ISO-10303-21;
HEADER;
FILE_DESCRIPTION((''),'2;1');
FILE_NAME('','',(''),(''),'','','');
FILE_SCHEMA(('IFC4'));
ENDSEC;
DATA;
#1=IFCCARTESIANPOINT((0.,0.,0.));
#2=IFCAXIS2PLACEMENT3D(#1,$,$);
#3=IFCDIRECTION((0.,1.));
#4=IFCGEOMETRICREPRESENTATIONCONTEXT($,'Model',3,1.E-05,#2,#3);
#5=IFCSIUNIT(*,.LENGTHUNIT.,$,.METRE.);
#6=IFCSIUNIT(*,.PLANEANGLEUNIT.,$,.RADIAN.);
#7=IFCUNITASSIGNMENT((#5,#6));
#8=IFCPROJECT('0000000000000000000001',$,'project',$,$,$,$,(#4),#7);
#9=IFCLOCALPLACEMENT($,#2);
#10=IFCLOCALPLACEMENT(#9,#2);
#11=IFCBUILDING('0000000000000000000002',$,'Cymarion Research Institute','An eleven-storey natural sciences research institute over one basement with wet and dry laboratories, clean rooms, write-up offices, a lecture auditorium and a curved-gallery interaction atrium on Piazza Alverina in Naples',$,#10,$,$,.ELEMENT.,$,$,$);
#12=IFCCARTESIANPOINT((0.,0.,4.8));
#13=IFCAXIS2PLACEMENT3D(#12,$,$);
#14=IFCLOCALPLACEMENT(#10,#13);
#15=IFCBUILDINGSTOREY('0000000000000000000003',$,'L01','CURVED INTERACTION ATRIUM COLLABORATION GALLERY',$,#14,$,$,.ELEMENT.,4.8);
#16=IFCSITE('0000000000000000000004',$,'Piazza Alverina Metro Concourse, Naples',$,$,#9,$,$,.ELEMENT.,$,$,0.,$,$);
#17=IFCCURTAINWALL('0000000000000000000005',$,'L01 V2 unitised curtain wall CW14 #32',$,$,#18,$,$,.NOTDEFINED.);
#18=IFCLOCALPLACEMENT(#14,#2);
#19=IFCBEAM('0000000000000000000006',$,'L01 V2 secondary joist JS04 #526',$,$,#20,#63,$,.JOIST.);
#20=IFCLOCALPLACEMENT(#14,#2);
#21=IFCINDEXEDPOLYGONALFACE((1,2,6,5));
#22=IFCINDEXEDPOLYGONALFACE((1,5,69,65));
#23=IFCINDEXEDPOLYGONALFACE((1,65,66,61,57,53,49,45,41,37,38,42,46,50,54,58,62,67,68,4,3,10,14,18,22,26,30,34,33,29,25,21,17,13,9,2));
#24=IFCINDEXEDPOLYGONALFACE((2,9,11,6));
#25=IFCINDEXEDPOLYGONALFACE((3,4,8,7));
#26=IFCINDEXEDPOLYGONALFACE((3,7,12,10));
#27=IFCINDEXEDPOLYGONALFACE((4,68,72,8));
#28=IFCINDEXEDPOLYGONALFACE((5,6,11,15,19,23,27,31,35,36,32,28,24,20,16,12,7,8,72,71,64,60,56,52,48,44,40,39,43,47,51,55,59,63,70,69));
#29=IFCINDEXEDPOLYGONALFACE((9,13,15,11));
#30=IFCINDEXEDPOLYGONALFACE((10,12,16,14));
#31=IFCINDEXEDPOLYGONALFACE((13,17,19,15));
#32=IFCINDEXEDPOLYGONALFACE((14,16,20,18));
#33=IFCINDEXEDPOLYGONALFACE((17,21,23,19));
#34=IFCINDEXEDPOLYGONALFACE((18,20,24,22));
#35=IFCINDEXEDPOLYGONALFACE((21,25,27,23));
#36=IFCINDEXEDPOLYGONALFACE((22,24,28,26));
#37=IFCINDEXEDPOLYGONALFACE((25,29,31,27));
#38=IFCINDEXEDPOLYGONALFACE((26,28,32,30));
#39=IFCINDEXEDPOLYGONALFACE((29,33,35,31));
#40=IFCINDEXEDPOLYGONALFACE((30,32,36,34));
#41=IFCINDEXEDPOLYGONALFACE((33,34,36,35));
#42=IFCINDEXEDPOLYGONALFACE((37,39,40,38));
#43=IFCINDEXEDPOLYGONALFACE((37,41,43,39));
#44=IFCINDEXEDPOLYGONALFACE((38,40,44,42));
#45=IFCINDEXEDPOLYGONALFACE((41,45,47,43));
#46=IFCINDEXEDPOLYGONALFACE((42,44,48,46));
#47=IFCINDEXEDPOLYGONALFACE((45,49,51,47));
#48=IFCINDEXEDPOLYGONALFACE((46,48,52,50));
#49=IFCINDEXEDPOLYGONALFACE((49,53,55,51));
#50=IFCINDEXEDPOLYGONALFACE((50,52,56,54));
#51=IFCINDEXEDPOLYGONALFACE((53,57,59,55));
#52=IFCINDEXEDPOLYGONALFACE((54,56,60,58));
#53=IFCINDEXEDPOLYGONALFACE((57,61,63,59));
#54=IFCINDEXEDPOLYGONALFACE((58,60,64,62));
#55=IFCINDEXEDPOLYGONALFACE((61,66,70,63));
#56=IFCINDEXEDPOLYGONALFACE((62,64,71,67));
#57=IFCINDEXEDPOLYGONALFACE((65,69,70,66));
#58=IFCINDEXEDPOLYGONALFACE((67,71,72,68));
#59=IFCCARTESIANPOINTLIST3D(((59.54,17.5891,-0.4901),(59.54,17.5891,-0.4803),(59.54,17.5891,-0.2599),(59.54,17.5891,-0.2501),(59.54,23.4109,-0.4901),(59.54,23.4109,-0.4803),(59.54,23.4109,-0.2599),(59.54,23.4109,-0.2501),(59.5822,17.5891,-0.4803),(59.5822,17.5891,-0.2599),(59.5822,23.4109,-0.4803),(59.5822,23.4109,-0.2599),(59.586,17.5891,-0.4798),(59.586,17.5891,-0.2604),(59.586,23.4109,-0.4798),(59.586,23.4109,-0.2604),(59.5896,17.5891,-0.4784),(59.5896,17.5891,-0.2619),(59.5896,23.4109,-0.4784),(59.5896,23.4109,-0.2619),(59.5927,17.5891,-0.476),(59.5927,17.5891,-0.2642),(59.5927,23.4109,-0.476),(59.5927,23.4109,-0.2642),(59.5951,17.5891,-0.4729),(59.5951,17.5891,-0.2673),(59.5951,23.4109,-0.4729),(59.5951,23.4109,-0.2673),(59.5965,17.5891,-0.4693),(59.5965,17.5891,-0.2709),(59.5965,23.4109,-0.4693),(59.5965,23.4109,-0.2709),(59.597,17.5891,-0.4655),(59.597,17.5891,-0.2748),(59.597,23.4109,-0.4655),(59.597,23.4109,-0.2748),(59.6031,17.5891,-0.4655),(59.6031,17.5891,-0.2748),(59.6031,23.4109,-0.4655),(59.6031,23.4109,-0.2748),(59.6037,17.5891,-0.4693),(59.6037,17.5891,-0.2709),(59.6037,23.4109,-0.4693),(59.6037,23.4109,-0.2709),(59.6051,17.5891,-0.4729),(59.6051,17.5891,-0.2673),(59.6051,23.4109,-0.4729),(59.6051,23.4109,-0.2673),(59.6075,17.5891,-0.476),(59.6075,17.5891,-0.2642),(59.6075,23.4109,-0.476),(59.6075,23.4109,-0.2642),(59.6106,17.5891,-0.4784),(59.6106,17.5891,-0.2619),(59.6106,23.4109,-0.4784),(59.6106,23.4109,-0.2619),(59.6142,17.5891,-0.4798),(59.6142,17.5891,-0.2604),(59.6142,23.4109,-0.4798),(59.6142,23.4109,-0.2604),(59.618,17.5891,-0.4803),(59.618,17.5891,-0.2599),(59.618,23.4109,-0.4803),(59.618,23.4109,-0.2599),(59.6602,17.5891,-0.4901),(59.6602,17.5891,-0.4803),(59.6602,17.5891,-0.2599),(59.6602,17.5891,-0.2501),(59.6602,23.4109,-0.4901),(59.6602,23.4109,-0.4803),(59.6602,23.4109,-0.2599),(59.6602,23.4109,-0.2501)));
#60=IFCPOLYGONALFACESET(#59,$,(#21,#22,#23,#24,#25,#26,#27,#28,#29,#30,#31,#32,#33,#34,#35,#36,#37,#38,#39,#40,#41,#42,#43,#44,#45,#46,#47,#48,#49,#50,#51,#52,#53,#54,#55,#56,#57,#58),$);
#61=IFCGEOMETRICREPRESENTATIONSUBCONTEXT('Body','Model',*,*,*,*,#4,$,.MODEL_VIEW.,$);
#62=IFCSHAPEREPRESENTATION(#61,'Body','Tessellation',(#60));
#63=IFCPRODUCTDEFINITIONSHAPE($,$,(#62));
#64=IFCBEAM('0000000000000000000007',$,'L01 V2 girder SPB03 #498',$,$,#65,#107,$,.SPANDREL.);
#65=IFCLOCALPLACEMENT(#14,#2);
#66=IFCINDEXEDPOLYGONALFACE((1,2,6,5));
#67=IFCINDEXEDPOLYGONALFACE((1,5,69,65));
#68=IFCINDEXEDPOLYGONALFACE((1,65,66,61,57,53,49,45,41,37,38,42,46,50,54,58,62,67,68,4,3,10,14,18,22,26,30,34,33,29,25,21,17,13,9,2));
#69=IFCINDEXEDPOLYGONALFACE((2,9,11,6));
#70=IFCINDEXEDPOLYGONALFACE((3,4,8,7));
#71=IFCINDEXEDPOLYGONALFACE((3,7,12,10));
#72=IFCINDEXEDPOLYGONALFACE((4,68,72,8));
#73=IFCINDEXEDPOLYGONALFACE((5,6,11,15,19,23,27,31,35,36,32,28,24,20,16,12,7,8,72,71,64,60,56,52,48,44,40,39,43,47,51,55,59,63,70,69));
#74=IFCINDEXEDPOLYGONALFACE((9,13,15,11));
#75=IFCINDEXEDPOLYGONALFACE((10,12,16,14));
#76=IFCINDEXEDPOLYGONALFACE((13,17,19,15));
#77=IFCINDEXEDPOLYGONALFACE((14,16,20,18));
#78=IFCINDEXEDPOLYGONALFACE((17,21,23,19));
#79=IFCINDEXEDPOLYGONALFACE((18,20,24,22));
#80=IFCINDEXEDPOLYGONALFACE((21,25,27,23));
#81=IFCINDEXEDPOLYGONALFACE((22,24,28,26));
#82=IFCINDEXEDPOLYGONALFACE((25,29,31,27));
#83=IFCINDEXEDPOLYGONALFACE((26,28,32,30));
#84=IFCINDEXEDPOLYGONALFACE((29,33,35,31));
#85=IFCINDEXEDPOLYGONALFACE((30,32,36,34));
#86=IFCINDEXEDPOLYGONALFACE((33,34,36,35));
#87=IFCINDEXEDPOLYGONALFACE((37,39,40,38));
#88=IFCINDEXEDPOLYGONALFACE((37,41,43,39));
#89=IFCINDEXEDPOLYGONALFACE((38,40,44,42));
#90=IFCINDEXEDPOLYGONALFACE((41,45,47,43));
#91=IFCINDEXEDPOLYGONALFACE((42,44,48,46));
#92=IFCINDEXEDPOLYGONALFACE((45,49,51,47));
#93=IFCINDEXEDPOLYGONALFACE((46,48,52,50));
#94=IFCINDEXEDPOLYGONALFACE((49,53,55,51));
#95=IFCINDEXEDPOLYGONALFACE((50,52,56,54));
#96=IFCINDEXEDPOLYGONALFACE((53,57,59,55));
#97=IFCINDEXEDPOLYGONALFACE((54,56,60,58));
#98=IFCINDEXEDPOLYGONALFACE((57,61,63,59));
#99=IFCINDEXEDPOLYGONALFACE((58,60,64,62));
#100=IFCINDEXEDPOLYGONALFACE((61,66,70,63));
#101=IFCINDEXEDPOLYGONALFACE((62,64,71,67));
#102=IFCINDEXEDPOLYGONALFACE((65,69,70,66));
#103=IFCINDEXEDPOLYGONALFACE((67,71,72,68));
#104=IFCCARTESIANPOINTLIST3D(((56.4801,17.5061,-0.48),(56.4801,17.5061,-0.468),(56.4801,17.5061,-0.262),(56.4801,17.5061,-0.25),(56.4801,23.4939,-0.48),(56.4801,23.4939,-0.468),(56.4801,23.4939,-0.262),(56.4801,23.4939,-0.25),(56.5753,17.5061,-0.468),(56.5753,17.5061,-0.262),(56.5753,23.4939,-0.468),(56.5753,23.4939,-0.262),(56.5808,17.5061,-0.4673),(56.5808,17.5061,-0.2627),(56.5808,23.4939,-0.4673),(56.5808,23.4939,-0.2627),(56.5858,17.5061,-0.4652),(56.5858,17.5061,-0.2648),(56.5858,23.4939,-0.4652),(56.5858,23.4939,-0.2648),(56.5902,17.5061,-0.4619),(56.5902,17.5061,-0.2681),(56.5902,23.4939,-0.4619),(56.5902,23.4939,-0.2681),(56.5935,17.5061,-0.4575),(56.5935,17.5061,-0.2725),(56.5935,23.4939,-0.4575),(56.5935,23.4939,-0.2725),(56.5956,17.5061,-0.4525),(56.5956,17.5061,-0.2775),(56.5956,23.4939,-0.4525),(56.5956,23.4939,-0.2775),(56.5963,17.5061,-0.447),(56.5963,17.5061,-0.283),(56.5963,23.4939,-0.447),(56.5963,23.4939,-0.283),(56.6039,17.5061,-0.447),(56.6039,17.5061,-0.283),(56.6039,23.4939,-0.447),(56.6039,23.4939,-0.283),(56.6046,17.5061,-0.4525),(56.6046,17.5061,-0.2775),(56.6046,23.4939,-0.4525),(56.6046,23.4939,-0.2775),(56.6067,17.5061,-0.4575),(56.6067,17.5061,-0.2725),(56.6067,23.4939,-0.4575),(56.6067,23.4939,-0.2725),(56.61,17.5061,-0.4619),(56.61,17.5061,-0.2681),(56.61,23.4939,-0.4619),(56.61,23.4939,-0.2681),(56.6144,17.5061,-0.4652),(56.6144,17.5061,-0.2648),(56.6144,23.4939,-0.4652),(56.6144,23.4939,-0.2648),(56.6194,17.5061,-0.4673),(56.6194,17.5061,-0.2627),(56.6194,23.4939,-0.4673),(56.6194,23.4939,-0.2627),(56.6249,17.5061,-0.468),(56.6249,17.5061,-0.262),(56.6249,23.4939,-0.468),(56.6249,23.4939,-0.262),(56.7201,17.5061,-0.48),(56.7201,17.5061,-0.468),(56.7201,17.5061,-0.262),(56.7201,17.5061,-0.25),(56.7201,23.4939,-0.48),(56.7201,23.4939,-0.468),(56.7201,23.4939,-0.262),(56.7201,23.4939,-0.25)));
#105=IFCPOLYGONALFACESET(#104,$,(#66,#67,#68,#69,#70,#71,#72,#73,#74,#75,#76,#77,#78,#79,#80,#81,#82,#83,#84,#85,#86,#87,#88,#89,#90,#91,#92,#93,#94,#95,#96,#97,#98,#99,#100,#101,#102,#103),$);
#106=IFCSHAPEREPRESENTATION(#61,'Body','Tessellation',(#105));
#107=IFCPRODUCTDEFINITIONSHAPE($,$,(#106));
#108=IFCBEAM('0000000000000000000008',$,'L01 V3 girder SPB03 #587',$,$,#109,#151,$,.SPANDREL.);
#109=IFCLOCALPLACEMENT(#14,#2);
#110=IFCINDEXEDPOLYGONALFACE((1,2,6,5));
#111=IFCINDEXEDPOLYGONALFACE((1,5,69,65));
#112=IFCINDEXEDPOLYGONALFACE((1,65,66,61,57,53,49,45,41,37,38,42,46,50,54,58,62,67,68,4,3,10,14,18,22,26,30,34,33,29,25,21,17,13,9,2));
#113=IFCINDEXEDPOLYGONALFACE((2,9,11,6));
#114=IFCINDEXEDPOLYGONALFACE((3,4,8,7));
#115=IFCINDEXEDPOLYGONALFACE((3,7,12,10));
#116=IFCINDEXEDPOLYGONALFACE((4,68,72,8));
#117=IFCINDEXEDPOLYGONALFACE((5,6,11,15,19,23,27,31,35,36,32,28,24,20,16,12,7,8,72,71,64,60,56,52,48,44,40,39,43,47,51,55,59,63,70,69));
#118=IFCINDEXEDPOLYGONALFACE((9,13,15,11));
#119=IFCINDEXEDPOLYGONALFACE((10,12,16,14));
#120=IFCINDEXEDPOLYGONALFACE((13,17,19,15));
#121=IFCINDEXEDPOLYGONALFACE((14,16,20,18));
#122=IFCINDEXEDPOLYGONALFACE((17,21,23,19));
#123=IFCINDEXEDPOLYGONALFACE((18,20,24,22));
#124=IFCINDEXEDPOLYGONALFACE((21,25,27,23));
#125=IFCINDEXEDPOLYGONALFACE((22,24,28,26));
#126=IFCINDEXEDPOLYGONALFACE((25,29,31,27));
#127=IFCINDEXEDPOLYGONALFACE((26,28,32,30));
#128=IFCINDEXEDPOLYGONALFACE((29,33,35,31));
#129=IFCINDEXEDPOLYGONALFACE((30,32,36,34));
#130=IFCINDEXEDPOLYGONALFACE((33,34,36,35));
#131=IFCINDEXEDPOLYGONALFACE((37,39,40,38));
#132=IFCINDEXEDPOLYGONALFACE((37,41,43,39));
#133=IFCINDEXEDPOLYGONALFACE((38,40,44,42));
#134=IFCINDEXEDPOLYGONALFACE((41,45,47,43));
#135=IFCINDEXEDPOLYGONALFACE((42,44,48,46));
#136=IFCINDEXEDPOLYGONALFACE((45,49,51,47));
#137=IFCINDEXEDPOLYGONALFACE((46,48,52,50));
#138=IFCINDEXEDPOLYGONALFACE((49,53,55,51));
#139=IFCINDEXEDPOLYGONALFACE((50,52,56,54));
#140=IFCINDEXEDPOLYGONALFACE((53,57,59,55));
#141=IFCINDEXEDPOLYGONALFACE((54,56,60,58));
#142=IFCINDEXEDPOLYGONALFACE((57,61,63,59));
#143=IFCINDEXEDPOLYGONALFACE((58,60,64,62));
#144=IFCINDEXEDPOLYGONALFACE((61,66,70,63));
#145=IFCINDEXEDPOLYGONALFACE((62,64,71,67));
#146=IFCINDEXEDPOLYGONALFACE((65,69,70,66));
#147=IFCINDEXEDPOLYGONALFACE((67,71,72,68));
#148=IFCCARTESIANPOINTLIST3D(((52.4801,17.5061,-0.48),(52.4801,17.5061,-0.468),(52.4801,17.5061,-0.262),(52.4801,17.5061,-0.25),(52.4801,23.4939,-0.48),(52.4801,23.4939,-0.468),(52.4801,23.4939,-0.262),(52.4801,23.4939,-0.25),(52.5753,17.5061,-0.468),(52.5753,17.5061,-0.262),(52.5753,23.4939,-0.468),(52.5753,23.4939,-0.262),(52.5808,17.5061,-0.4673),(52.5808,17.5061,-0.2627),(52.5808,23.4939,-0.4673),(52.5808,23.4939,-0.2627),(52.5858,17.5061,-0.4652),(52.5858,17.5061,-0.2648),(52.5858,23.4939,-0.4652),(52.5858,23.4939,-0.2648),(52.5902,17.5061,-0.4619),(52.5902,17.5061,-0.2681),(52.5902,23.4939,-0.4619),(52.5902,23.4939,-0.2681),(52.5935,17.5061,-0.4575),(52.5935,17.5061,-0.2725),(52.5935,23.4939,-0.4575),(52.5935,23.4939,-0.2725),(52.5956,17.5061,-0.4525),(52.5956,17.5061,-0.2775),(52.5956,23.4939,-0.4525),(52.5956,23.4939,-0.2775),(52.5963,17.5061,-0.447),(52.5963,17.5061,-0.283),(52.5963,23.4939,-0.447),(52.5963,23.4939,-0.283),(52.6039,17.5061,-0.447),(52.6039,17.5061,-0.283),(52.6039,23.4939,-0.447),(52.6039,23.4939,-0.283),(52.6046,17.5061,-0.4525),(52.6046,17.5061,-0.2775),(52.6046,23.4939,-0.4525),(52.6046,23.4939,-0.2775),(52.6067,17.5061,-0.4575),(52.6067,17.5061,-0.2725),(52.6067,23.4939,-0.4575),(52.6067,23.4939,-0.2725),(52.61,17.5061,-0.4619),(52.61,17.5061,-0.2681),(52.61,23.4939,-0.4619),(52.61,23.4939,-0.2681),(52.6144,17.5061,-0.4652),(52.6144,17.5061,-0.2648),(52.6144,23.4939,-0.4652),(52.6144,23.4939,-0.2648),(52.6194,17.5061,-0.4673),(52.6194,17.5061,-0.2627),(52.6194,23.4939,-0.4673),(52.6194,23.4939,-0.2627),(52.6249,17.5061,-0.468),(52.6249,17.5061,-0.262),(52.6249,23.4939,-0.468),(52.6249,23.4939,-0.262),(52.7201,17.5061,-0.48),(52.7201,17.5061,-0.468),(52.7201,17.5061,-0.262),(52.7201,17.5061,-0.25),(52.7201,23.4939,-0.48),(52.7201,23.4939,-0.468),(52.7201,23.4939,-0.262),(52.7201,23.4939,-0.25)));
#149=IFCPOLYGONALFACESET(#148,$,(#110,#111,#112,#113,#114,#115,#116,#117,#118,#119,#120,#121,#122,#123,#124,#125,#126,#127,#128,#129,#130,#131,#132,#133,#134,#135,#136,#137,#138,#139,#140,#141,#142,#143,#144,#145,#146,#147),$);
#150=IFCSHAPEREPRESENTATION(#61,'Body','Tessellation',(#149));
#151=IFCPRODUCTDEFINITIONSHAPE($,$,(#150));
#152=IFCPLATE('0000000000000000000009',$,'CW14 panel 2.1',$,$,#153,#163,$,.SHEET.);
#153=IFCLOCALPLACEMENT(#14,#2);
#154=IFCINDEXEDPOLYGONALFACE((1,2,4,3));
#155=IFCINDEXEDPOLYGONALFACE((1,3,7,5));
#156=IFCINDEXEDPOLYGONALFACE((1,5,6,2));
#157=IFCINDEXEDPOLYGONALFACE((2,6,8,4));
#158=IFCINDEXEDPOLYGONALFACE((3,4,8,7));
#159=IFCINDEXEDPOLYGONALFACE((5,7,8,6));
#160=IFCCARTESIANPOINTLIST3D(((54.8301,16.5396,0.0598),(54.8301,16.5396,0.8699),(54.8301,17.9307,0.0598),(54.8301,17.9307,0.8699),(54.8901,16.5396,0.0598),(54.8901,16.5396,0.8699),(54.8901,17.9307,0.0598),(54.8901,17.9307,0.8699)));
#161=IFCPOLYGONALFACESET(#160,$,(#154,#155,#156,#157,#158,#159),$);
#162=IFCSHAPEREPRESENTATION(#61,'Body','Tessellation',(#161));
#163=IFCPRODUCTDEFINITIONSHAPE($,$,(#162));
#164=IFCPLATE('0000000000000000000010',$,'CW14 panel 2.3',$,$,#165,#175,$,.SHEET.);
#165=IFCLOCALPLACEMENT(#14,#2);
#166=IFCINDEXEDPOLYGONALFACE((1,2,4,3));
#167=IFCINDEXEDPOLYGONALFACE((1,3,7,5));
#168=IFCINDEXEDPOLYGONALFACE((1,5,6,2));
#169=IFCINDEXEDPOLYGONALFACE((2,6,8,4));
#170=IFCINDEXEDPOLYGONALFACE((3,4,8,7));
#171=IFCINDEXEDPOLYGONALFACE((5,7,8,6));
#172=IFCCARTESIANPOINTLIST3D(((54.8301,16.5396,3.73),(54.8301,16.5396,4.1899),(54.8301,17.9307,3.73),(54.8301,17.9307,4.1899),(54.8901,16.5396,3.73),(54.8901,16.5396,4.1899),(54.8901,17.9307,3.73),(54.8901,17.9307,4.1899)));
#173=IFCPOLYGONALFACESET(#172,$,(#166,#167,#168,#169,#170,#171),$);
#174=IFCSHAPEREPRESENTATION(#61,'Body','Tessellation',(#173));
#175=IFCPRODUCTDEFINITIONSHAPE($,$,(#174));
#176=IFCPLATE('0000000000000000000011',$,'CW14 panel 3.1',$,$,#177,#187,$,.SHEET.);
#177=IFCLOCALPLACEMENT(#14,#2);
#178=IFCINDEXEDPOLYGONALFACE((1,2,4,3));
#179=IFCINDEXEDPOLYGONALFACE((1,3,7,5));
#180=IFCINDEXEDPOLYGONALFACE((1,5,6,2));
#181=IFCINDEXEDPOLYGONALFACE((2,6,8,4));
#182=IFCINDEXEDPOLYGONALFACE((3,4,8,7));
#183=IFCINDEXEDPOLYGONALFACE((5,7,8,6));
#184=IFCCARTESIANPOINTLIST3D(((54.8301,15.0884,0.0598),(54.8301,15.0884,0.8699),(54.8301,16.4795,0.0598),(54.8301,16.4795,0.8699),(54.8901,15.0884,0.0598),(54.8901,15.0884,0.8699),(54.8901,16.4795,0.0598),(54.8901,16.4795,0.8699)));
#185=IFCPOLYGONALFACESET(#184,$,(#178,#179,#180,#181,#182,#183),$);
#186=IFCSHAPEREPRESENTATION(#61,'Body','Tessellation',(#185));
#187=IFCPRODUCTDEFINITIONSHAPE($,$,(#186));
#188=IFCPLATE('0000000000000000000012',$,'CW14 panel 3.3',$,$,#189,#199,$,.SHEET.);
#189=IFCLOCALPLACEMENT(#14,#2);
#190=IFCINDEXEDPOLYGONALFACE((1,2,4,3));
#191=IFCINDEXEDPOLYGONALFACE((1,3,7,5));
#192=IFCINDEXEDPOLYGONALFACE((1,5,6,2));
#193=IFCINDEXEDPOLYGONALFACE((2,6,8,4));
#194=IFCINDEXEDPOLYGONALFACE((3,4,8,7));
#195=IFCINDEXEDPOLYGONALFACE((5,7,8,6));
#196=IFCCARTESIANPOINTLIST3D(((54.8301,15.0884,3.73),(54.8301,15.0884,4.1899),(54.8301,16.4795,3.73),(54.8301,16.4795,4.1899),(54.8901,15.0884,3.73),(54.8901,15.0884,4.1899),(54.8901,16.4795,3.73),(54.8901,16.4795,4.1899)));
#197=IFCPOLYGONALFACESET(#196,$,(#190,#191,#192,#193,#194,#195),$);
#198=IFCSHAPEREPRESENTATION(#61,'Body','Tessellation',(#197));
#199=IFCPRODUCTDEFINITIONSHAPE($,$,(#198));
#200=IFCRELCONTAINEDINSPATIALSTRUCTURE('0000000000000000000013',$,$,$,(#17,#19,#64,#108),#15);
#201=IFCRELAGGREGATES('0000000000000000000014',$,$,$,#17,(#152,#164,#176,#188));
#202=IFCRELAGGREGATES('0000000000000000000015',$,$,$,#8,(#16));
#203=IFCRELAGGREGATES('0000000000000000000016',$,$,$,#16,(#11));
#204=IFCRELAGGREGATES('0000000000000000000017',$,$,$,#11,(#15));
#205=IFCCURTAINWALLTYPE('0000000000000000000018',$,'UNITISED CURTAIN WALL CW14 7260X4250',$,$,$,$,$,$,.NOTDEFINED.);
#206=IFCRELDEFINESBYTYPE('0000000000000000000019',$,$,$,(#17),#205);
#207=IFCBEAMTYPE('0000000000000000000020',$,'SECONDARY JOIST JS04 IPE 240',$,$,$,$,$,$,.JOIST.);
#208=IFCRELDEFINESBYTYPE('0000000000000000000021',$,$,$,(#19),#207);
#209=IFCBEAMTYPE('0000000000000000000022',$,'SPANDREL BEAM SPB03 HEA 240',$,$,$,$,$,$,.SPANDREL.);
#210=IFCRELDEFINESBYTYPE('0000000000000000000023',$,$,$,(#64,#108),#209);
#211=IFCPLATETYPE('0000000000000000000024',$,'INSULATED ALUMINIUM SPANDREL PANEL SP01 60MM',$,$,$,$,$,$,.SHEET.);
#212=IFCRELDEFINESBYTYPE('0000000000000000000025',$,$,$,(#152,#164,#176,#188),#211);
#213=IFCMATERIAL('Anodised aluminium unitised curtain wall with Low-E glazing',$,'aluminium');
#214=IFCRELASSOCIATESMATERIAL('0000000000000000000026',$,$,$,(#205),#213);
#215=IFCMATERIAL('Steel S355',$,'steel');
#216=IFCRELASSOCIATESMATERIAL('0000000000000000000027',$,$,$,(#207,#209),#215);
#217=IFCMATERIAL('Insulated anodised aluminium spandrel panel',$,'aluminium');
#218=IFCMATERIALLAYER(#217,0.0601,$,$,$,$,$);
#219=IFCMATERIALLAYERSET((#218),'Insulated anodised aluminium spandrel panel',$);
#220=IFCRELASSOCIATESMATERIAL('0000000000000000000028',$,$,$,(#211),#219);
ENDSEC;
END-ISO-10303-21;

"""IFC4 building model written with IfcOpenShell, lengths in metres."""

from ifc_helpers import new_model, si_unit, direction, frame, origin, origin_2d, place, context, subcontext, project, spatial, rectangle, i_section, extrude, material, layer, layer_set, material_profile, profile_set, type_object, element, aggregate, save


model = new_model("IFC4")

# Units and contexts
model_context = context("Model", 3, precision=1e-05, world=origin(), true_north=direction((0.0, 1.0)))
body_context = subcontext(model_context, "Body", "Model", "MODEL_VIEW")
ifc_project = project(units=[si_unit("LENGTHUNIT", "METRE"), si_unit("PLANEANGLEUNIT", "RADIAN")], contexts=[model_context])

# Site, building, storey
site_placement = place(None, origin())
site = spatial("IfcSite", under=ifc_project, at=site_placement, Name="Piazza Alverina Metro Concourse, Naples", CompositionType="ELEMENT", RefElevation=0.0)
building_placement = place(site_placement, origin())
building = spatial("IfcBuilding", under=site, at=building_placement, Name="Cymarion Research Institute", Description="An eleven-storey natural sciences research institute over one basement with wet and dry laboratories, clean rooms, write-up offices, a lecture auditorium and a curved-gallery interaction atrium on Piazza Alverina in Naples", CompositionType="ELEMENT")
storey_placement = place(building_placement, frame((0.0, 0.0, 4.8)))
storey = spatial("IfcBuildingStorey", under=building, at=storey_placement, Name="L01", Description="CURVED INTERACTION ATRIUM COLLABORATION GALLERY", CompositionType="ELEMENT", Elevation=4.8)

# Shared definitions
ifc_material_1 = material(Name="Steel S355", Category="steel")

# Curtain wall
ifc_material_2 = material(Name="Anodised aluminium unitised curtain wall with Low-E glazing", Category="aluminium")
curtain_wall_type = type_object("IfcCurtainWallType", Name="UNITISED CURTAIN WALL CW14 7260X4250", PredefinedType="NOTDEFINED", material=ifc_material_2)
curtain_wall_placement = place(storey_placement, origin())
curtain_wall = element("IfcCurtainWall", 1, at=curtain_wall_placement, inside=storey, type_object=curtain_wall_type, Name="L01 V2 unitised curtain wall CW14 #32", PredefinedType="NOTDEFINED")

# Beams
ifc_material_profile_1 = material_profile(ifc_material_1, i_section(OverallWidth=0.1201, OverallDepth=0.24, WebThickness=0.0061, FlangeThickness=0.0098, FilletRadius=0.0149, at=origin_2d()), Name="IPE 240")
ifc_profile_set_1 = profile_set([ifc_material_profile_1], Name="Steel S355")
beam_type_1 = type_object("IfcBeamType", Name="SECONDARY JOIST JS04 IPE 240", PredefinedType="JOIST", material=ifc_profile_set_1)
beam_1_placement = place(storey_placement, frame((59.6001, 17.5891, -0.3701), z_axis=(0.0, 1.0, 0.0), x_axis=(-1.0, 0.0, 0.0)))
element("IfcBeam", 2, at=beam_1_placement, inside=storey, type_object=beam_type_1, Name="L01 V2 secondary joist JS04 #526", PredefinedType="JOIST", context=body_context, shape_type="SweptSolid", body=[
    extrude(i_section(OverallWidth=0.1201, OverallDepth=0.24, WebThickness=0.0061, FlangeThickness=0.0098, FilletRadius=0.0149, at=origin_2d()), origin(), (0.0, 0.0, 1.0), 5.8218),
])
ifc_material_profile_2 = material_profile(ifc_material_1, i_section(OverallWidth=0.24, OverallDepth=0.23, WebThickness=0.0076, FlangeThickness=0.012, FilletRadius=0.021, at=origin_2d()), Name="HEA 240")
ifc_profile_set_2 = profile_set([ifc_material_profile_2], Name="Steel S355")
beam_type_2 = type_object("IfcBeamType", Name="SPANDREL BEAM SPB03 HEA 240", PredefinedType="SPANDREL", material=ifc_profile_set_2)
for number, where, z_axis, x_axis, name in (
    (3, (56.6001, 17.5061, -0.365), (0.0, 1.0, 0.0), (-1.0, 0.0, 0.0), "L01 V2 girder SPB03 #498"),
    (4, (52.6001, 17.5061, -0.365), (0.0, 1.0, 0.0), (-1.0, 0.0, 0.0), "L01 V3 girder SPB03 #587"),
):
    element("IfcBeam", number, at=place(storey_placement, frame(where, z_axis=z_axis, x_axis=x_axis)), inside=storey, type_object=beam_type_2, Name=name, PredefinedType="SPANDREL", context=body_context, shape_type="SweptSolid", body=[
        extrude(i_section(OverallWidth=0.24, OverallDepth=0.23, WebThickness=0.0076, FlangeThickness=0.012, FilletRadius=0.021, at=origin_2d()), origin(), (0.0, 0.0, 1.0), 5.9878),
    ])

# Plates
ifc_material_3 = material(Name="Insulated anodised aluminium spandrel panel", Category="aluminium")
ifc_layer_1 = layer(ifc_material_3, 0.0601)
ifc_layer_set_1 = layer_set([ifc_layer_1], Name="Insulated anodised aluminium spandrel panel")
plate_type_1 = type_object("IfcPlateType", Name="INSULATED ALUMINIUM SPANDREL PANEL SP01 60MM", PredefinedType="SHEET", material=ifc_layer_set_1)
plate_1_placement = place(storey_placement, frame((54.8601, 17.2351, 0.0598), z_axis=(0.0, 0.0, 1.0), x_axis=(0.0, -1.0, 0.0)))
plate_1 = element("IfcPlate", 5, at=plate_1_placement, type_object=plate_type_1, Name="CW14 panel 2.1", PredefinedType="SHEET", context=body_context, shape_type="SweptSolid", body=[
    extrude(rectangle(XDim=1.3911, YDim=0.0601, at=origin_2d()), origin(), (0.0, 0.0, 1.0), 0.8101),
])
plate_2_placement = place(storey_placement, frame((54.8601, 17.2351, 3.73), z_axis=(0.0, 0.0, 1.0), x_axis=(0.0, -1.0, 0.0)))
plate_2 = element("IfcPlate", 6, at=plate_2_placement, type_object=plate_type_1, Name="CW14 panel 2.3", PredefinedType="SHEET", context=body_context, shape_type="SweptSolid", body=[
    extrude(rectangle(XDim=1.3911, YDim=0.0601, at=origin_2d()), origin(), (0.0, 0.0, 1.0), 0.46),
])
plate_3_placement = place(storey_placement, frame((54.8601, 15.7839, 0.0598), z_axis=(0.0, 0.0, 1.0), x_axis=(0.0, -1.0, 0.0)))
plate_3 = element("IfcPlate", 7, at=plate_3_placement, type_object=plate_type_1, Name="CW14 panel 3.1", PredefinedType="SHEET", context=body_context, shape_type="SweptSolid", body=[
    extrude(rectangle(XDim=1.3911, YDim=0.0601, at=origin_2d()), origin(), (0.0, 0.0, 1.0), 0.8101),
])
plate_4_placement = place(storey_placement, frame((54.8601, 15.7839, 3.73), z_axis=(0.0, 0.0, 1.0), x_axis=(0.0, -1.0, 0.0)))
plate_4 = element("IfcPlate", 8, at=plate_4_placement, type_object=plate_type_1, Name="CW14 panel 3.3", PredefinedType="SHEET", context=body_context, shape_type="SweptSolid", body=[
    extrude(rectangle(XDim=1.3911, YDim=0.0601, at=origin_2d()), origin(), (0.0, 0.0, 1.0), 0.46),
])
aggregate(curtain_wall, [plate_1, plate_2, plate_3, plate_4])

save(model, "model.ifc")
